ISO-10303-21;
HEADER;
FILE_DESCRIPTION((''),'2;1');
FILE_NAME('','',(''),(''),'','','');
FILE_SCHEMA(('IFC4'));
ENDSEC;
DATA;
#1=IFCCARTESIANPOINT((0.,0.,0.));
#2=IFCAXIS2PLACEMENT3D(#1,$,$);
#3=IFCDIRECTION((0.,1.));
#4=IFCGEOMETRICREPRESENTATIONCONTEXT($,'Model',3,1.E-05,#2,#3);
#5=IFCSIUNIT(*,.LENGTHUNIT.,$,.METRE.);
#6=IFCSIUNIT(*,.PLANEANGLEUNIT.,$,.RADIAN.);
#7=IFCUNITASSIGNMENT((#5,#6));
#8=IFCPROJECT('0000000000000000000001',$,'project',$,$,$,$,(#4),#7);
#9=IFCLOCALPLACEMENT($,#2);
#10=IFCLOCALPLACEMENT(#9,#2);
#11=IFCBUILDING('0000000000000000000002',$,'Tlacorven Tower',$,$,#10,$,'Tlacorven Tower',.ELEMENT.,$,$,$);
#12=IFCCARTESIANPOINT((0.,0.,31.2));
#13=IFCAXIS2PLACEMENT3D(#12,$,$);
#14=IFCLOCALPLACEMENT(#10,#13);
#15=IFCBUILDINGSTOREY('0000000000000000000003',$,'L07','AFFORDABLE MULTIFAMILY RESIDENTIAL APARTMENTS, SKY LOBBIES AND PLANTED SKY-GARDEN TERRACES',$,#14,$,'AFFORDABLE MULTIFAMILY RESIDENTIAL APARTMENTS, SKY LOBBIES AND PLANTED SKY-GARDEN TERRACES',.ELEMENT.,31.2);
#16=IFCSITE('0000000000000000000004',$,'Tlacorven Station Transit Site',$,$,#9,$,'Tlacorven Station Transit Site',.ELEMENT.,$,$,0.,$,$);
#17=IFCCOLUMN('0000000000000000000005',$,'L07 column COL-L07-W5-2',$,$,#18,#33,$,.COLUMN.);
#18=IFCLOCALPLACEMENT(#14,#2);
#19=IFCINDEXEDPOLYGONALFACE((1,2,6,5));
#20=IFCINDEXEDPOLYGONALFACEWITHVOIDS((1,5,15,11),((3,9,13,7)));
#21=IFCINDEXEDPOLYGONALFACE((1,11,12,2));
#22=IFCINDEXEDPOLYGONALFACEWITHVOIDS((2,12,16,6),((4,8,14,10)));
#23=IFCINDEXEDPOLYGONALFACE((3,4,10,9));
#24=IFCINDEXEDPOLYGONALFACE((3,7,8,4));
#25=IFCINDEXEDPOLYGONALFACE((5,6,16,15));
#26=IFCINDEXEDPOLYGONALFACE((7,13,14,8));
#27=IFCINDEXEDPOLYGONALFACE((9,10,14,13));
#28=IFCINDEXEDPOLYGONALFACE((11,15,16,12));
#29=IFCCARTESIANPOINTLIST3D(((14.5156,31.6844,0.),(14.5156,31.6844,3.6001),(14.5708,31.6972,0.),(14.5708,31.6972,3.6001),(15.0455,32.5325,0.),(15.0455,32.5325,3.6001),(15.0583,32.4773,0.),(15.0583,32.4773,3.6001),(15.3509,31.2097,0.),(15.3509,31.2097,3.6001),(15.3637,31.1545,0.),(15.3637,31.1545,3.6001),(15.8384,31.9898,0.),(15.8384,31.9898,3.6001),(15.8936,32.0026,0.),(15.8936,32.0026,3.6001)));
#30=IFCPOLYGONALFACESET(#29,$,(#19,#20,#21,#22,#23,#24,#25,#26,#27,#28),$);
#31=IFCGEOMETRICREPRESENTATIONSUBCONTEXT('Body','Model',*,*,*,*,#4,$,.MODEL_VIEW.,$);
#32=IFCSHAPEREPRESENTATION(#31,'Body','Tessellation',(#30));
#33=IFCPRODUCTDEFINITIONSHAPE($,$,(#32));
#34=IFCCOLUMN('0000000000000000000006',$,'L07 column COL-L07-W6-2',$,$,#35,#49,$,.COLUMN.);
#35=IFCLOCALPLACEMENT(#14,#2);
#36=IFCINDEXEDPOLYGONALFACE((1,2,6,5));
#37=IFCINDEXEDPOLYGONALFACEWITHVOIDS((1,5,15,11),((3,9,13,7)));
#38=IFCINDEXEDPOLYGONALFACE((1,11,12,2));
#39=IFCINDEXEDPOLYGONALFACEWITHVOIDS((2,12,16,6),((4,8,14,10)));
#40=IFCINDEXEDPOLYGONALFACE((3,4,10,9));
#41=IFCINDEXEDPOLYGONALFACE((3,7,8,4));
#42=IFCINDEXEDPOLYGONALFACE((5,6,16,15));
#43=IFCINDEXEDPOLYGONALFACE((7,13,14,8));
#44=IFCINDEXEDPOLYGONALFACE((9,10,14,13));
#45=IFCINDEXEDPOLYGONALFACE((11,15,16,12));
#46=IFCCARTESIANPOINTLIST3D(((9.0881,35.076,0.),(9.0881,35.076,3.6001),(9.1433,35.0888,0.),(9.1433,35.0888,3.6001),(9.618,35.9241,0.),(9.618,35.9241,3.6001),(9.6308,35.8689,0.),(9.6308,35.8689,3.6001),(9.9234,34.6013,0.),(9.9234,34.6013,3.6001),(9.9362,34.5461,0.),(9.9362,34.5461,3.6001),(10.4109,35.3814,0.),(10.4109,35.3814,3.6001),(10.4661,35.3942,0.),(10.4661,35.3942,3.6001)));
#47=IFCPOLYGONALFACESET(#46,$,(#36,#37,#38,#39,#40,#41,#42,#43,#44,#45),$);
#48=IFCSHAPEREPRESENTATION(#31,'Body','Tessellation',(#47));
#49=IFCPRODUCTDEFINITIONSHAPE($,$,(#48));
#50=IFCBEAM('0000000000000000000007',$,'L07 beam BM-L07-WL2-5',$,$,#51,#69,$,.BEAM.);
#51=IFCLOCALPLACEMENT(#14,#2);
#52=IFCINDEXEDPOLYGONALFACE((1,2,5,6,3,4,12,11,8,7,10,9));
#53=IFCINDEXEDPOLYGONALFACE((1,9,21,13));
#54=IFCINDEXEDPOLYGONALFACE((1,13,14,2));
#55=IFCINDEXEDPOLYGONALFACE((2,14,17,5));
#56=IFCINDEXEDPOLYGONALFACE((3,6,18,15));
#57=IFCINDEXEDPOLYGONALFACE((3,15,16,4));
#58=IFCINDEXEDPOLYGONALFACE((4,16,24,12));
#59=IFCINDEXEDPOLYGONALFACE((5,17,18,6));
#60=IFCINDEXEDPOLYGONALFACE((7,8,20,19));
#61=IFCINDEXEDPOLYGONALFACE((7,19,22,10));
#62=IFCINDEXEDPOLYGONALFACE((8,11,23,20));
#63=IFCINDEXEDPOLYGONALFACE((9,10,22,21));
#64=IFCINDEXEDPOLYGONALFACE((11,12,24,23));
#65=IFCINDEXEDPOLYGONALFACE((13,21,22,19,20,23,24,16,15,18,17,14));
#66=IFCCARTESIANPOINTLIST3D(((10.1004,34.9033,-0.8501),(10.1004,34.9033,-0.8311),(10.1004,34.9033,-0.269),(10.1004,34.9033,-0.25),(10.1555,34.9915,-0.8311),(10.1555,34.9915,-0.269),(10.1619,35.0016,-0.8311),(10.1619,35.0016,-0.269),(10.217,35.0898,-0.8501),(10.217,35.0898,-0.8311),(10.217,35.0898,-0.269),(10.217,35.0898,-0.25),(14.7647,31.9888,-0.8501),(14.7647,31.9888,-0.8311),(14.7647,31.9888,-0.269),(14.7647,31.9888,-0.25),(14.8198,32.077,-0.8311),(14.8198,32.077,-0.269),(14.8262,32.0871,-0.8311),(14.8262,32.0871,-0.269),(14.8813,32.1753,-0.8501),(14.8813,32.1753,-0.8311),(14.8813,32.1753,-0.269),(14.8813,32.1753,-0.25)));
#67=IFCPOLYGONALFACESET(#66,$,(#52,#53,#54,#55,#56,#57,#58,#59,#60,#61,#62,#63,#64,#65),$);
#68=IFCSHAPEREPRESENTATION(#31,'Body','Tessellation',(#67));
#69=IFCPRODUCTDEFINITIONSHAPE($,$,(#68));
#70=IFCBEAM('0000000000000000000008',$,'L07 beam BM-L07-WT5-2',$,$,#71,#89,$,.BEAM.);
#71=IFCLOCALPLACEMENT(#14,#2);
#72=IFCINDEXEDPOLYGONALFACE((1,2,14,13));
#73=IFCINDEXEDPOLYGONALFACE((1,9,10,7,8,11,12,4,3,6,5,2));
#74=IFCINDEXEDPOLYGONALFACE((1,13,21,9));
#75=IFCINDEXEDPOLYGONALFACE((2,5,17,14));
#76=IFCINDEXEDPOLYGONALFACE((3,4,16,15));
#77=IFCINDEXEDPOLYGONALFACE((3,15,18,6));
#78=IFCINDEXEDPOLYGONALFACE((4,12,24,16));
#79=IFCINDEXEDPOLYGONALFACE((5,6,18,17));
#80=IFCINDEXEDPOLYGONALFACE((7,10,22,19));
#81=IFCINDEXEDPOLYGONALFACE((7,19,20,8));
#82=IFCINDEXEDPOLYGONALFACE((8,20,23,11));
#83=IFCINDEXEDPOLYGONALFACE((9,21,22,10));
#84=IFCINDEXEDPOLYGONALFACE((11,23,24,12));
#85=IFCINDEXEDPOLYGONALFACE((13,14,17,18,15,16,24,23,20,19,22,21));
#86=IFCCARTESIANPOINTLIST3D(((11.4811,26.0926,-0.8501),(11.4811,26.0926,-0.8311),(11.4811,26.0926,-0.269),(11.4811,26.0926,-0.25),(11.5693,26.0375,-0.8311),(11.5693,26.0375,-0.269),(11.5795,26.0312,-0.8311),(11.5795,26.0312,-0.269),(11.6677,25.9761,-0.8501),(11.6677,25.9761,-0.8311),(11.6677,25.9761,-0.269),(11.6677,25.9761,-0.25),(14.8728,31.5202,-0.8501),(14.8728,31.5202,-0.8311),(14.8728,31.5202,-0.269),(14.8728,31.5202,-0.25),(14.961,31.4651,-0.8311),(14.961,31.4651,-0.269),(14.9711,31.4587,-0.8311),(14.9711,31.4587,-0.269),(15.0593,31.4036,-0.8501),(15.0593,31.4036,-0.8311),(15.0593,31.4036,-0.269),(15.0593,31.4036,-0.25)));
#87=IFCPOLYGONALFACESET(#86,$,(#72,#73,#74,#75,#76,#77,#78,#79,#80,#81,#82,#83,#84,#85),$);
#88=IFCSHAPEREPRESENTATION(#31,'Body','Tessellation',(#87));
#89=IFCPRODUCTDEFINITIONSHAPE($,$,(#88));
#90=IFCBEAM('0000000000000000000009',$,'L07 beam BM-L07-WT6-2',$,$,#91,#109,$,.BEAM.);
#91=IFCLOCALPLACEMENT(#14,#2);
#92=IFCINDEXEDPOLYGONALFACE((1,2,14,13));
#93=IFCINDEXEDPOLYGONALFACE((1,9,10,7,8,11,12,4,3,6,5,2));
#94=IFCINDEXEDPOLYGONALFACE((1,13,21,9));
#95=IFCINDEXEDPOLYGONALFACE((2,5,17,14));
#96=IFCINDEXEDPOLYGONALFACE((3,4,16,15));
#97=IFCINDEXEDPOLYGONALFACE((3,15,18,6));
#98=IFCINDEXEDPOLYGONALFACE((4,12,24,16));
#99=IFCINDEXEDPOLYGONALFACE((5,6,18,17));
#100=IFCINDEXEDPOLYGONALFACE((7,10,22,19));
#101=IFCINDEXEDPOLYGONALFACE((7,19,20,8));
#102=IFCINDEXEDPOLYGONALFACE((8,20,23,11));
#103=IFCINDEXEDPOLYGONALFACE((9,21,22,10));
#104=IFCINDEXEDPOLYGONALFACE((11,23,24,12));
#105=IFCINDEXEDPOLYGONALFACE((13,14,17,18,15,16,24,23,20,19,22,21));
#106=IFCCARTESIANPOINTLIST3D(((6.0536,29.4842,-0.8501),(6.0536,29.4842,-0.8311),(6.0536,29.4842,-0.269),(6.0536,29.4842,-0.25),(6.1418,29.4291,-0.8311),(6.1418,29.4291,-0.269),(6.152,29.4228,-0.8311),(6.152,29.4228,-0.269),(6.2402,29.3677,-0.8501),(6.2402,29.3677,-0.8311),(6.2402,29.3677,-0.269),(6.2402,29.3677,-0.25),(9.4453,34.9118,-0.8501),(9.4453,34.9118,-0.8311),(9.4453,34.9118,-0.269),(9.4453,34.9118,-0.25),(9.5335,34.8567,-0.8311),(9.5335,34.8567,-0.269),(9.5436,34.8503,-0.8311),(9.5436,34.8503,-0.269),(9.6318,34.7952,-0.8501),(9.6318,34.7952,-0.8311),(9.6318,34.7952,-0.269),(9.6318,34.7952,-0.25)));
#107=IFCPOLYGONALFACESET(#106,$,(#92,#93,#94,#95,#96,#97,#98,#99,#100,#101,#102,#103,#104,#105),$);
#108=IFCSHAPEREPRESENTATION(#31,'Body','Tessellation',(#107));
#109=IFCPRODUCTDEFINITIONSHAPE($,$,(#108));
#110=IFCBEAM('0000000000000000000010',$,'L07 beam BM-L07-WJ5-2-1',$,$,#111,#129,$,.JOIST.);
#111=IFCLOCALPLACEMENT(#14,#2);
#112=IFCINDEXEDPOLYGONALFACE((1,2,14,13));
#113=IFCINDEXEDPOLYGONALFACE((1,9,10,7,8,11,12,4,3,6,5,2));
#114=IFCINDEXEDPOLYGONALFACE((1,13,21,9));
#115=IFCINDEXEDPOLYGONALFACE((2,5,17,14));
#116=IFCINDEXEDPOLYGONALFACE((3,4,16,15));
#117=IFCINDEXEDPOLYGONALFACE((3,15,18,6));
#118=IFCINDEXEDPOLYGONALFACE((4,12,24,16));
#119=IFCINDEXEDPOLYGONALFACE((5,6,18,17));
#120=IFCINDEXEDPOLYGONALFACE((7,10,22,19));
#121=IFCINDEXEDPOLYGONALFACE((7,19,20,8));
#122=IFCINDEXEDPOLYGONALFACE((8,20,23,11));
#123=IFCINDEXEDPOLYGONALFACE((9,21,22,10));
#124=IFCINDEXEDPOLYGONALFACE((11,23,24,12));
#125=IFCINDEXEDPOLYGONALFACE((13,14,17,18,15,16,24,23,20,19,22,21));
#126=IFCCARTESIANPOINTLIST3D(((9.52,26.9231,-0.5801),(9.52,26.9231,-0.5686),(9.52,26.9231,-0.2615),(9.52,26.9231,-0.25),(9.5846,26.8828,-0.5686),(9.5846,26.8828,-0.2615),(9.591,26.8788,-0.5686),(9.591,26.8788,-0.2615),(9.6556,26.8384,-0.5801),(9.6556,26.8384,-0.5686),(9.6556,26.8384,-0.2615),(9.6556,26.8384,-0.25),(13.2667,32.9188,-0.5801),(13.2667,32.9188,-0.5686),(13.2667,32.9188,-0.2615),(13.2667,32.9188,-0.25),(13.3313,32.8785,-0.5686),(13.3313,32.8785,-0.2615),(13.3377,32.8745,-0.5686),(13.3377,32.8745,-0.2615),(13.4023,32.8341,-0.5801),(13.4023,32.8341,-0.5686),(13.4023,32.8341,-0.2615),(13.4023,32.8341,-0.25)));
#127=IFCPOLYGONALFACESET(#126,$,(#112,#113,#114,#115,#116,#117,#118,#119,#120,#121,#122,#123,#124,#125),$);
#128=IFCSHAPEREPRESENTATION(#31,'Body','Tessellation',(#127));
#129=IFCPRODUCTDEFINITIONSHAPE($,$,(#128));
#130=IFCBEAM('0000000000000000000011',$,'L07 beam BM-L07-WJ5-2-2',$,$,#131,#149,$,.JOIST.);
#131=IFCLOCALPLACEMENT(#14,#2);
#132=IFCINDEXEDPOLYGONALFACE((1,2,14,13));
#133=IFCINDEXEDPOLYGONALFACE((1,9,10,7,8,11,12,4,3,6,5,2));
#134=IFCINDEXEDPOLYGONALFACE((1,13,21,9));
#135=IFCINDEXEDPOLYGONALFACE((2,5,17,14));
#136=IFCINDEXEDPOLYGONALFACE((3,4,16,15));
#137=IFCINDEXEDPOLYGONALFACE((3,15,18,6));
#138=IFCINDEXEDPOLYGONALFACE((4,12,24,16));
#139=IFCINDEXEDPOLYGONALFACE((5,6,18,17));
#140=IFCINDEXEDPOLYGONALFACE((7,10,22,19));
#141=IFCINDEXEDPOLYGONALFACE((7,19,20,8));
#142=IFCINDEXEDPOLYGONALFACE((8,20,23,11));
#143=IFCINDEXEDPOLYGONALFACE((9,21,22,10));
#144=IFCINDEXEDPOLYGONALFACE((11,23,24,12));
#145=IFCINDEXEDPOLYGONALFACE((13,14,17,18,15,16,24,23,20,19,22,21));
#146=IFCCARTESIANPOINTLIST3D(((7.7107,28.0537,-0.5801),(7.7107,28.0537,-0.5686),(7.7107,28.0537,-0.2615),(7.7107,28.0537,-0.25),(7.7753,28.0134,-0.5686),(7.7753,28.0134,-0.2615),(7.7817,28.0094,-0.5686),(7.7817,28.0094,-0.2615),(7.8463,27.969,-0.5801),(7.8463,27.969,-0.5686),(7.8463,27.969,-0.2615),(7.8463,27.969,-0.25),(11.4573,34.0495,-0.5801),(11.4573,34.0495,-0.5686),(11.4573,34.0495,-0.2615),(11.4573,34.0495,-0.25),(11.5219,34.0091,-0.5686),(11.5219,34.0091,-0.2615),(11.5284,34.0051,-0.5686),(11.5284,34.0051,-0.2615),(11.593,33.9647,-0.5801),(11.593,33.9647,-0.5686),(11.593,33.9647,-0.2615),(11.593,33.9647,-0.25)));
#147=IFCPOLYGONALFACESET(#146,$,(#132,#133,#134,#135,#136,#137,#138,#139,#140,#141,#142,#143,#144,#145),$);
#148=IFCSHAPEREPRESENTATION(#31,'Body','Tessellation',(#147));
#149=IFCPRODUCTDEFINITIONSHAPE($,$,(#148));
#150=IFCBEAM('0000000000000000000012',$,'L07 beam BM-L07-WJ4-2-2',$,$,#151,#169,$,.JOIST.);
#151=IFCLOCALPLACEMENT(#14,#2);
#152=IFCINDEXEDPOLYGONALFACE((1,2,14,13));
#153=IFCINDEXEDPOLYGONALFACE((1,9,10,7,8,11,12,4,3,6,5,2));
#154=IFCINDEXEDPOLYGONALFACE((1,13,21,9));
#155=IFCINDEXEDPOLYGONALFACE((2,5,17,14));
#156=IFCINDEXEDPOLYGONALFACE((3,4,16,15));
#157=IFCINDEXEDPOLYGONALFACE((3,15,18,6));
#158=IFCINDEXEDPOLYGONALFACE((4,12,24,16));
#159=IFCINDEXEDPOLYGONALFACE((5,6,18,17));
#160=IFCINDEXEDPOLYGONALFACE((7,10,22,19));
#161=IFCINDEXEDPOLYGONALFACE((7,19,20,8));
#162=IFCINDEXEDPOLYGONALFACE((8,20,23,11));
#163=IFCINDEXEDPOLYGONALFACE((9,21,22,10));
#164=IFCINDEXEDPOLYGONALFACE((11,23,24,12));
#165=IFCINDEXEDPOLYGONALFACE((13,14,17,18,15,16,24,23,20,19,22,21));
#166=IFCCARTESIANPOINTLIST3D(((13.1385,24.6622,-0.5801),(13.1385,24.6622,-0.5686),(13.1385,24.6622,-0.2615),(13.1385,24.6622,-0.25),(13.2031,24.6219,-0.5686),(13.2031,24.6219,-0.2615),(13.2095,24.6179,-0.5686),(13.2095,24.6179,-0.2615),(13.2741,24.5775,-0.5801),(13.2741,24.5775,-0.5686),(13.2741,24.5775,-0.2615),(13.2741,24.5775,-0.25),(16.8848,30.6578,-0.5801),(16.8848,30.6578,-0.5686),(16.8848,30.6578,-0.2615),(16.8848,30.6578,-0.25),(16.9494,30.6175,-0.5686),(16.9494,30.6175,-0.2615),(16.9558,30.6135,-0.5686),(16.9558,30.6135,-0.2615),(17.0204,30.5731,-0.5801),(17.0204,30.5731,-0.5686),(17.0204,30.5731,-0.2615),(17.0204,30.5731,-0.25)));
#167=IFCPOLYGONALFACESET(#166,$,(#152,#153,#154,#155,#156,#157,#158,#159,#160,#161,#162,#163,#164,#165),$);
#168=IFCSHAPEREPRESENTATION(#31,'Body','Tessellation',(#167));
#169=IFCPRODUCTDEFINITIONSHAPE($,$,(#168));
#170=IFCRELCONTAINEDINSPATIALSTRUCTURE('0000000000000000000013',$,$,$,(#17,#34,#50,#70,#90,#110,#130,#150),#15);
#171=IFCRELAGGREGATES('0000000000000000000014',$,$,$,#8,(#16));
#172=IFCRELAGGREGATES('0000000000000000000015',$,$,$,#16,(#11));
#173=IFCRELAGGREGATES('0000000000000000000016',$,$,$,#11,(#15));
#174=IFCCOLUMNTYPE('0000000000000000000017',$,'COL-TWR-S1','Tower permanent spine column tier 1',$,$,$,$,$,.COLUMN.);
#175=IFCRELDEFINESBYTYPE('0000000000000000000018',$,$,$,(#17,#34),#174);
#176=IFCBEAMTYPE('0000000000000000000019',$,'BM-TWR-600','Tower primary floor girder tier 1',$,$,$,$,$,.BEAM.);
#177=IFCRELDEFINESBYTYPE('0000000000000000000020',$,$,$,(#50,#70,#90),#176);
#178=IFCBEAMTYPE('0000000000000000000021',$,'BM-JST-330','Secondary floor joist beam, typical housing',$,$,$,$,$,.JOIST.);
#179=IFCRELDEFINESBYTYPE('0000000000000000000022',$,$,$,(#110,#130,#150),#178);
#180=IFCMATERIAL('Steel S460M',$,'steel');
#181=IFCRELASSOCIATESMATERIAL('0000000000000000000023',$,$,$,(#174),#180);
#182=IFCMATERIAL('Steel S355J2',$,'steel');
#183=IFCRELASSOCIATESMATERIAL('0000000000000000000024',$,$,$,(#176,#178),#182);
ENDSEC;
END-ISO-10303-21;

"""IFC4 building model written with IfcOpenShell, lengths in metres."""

from ifc_helpers import new_model, si_unit, direction, frame, origin, origin_2d, place, context, subcontext, project, spatial, hollow_rectangle, i_section, extrude, source, transform, mapped, material, material_profile, profile_set, type_object, element, save


model = new_model("IFC4")

# Units and contexts
model_context = context("Model", 3, precision=1e-05, world=origin(), true_north=direction((0.0, 1.0)))
body_context = subcontext(model_context, "Body", "Model", "MODEL_VIEW")
ifc_project = project(units=[si_unit("LENGTHUNIT", "METRE"), si_unit("PLANEANGLEUNIT", "RADIAN")], contexts=[model_context])

# Site, building, storey
site_placement = place(None, origin())
site = spatial("IfcSite", under=ifc_project, at=site_placement, Name="Tlacorven Station Transit Site", LongName="Tlacorven Station Transit Site", CompositionType="ELEMENT", RefElevation=0.0)
building_placement = place(site_placement, origin())
building = spatial("IfcBuilding", under=site, at=building_placement, Name="Tlacorven Tower", LongName="Tlacorven Tower", CompositionType="ELEMENT")
storey_placement = place(building_placement, frame((0.0, 0.0, 31.2)))
storey = spatial("IfcBuildingStorey", under=building, at=storey_placement, Name="L07", Description="AFFORDABLE MULTIFAMILY RESIDENTIAL APARTMENTS, SKY LOBBIES AND PLANTED SKY-GARDEN TERRACES", LongName="AFFORDABLE MULTIFAMILY RESIDENTIAL APARTMENTS, SKY LOBBIES AND PLANTED SKY-GARDEN TERRACES", CompositionType="ELEMENT", Elevation=31.2)

# Columns
ifc_material_1 = material(Name="Steel S460M", Category="steel")
ifc_material_profile_1 = material_profile(ifc_material_1, hollow_rectangle(XDim=1.0, YDim=1.0, WallThickness=0.04, at=origin_2d()), Name="BOX 1000X1000X40")
ifc_profile_set_1 = profile_set([ifc_material_profile_1], Name="Steel S460M")
column_type = type_object("IfcColumnType", Name="COL-TWR-S1", Description="Tower permanent spine column tier 1", PredefinedType="COLUMN", material=ifc_profile_set_1)
shared_shape_1 = source(origin(), body_context, "Body", "SweptSolid", [
    extrude(hollow_rectangle(XDim=1.0, YDim=1.0, WallThickness=0.04, at=origin_2d()), origin(), (0.0, 0.0, 1.0), 3.6001),
])
for number, where, z_axis, x_axis, name in (
    (1, (15.2046, 31.8435, 0.0), (0.0, 0.0, 1.0), (-0.848048, 0.529919, 0.0), "L07 column COL-L07-W5-2"),
    (2, (9.7771, 35.2351, 0.0), (0.0, 0.0, 1.0), (-0.848048, 0.529919, 0.0), "L07 column COL-L07-W6-2"),
):
    element("IfcColumn", number, at=place(storey_placement, frame(where, z_axis=z_axis, x_axis=x_axis)), inside=storey, type_object=column_type, Name=name, PredefinedType="COLUMN", context=body_context, shape_type="MappedRepresentation", body=[
        mapped(shared_shape_1, transform((0.0, 0.0, 0.0), scale=1.0)),
    ])

# Beams
ifc_material_2 = material(Name="Steel S355J2", Category="steel")
ifc_material_profile_2 = material_profile(ifc_material_2, i_section(OverallWidth=0.22, OverallDepth=0.6001, WebThickness=0.012, FlangeThickness=0.019, at=origin_2d()), Name="IPE 600")
ifc_profile_set_2 = profile_set([ifc_material_profile_2], Name="Steel S355J2")
beam_type_1 = type_object("IfcBeamType", Name="BM-TWR-600", Description="Tower primary floor girder tier 1", PredefinedType="BEAM", material=ifc_profile_set_2)
shared_shape_2 = source(origin(), body_context, "Body", "SweptSolid", [
    extrude(i_section(OverallWidth=0.22, OverallDepth=0.6001, WebThickness=0.012, FlangeThickness=0.019, at=origin_2d()), origin(), (0.0, 0.0, 1.0), 5.5),
])
beam_1_placement = place(storey_placement, frame((14.823, 32.082, -0.55), z_axis=(-0.848051, 0.529915, 0.0), x_axis=(-0.529915, -0.848051, 0.0)))
element("IfcBeam", 3, at=beam_1_placement, inside=storey, type_object=beam_type_1, Name="L07 beam BM-L07-WL2-5", PredefinedType="BEAM", context=body_context, shape_type="MappedRepresentation", body=[
    mapped(shared_shape_2, transform((0.0, 0.0, 0.0), scale=1.0)),
])
shared_shape_3 = source(origin(), body_context, "Body", "SweptSolid", [
    extrude(i_section(OverallWidth=0.22, OverallDepth=0.6001, WebThickness=0.012, FlangeThickness=0.019, at=origin_2d()), origin(), (0.0, 0.0, 1.0), 6.4001),
])
for number, where, z_axis, x_axis, name in (
    (4, (14.9661, 31.4619, -0.55), (-0.529934, -0.848039, 0.0), (0.848039, -0.529934, 0.0), "L07 beam BM-L07-WT5-2"),
    (5, (9.5386, 34.8535, -0.55), (-0.529934, -0.848039, 0.0), (0.848039, -0.529934, 0.0), "L07 beam BM-L07-WT6-2"),
):
    element("IfcBeam", number, at=place(storey_placement, frame(where, z_axis=z_axis, x_axis=x_axis)), inside=storey, type_object=beam_type_1, Name=name, PredefinedType="BEAM", context=body_context, shape_type="MappedRepresentation", body=[
        mapped(shared_shape_3, transform((0.0, 0.0, 0.0), scale=1.0)),
    ])
ifc_material_profile_3 = material_profile(ifc_material_2, i_section(OverallWidth=0.1599, OverallDepth=0.3301, WebThickness=0.0076, FlangeThickness=0.0115, at=origin_2d()), Name="IPE 330")
ifc_profile_set_3 = profile_set([ifc_material_profile_3], Name="Steel S355J2")
beam_type_2 = type_object("IfcBeamType", Name="BM-JST-330", Description="Secondary floor joist beam, typical housing", PredefinedType="JOIST", material=ifc_profile_set_3)
shared_shape_4 = source(origin(), body_context, "Body", "SweptSolid", [
    extrude(i_section(OverallWidth=0.1599, OverallDepth=0.3301, WebThickness=0.0076, FlangeThickness=0.0115, at=origin_2d()), origin(), (0.0, 0.0, 1.0), 7.0701),
])
for number, where, z_axis, x_axis, name in (
    (6, (13.3345, 32.8765, -0.415), (-0.529931, -0.848041, 0.0), (0.848041, -0.529931, 0.0), "L07 beam BM-L07-WJ5-2-1"),
    (7, (11.5251, 34.0071, -0.415), (-0.529931, -0.848041, 0.0), (0.848041, -0.529931, 0.0), "L07 beam BM-L07-WJ5-2-2"),
):
    element("IfcBeam", number, at=place(storey_placement, frame(where, z_axis=z_axis, x_axis=x_axis)), inside=storey, type_object=beam_type_2, Name=name, PredefinedType="JOIST", context=body_context, shape_type="MappedRepresentation", body=[
        mapped(shared_shape_4, transform((0.0, 0.0, 0.0), scale=1.0)),
    ])
shared_shape_5 = source(origin(), body_context, "Body", "SweptSolid", [
    extrude(i_section(OverallWidth=0.1599, OverallDepth=0.3301, WebThickness=0.0076, FlangeThickness=0.0115, at=origin_2d()), origin(), (0.0, 0.0, 1.0), 7.0698),
])
beam_2_placement = place(storey_placement, frame((16.9526, 30.6155, -0.415), z_axis=(-0.529906, -0.848057, 0.0), x_axis=(0.848057, -0.529906, 0.0)))
element("IfcBeam", 8, at=beam_2_placement, inside=storey, type_object=beam_type_2, Name="L07 beam BM-L07-WJ4-2-2", PredefinedType="JOIST", context=body_context, shape_type="MappedRepresentation", body=[
    mapped(shared_shape_5, transform((0.0, 0.0, 0.0), scale=1.0)),
])

save(model, "model.ifc")
